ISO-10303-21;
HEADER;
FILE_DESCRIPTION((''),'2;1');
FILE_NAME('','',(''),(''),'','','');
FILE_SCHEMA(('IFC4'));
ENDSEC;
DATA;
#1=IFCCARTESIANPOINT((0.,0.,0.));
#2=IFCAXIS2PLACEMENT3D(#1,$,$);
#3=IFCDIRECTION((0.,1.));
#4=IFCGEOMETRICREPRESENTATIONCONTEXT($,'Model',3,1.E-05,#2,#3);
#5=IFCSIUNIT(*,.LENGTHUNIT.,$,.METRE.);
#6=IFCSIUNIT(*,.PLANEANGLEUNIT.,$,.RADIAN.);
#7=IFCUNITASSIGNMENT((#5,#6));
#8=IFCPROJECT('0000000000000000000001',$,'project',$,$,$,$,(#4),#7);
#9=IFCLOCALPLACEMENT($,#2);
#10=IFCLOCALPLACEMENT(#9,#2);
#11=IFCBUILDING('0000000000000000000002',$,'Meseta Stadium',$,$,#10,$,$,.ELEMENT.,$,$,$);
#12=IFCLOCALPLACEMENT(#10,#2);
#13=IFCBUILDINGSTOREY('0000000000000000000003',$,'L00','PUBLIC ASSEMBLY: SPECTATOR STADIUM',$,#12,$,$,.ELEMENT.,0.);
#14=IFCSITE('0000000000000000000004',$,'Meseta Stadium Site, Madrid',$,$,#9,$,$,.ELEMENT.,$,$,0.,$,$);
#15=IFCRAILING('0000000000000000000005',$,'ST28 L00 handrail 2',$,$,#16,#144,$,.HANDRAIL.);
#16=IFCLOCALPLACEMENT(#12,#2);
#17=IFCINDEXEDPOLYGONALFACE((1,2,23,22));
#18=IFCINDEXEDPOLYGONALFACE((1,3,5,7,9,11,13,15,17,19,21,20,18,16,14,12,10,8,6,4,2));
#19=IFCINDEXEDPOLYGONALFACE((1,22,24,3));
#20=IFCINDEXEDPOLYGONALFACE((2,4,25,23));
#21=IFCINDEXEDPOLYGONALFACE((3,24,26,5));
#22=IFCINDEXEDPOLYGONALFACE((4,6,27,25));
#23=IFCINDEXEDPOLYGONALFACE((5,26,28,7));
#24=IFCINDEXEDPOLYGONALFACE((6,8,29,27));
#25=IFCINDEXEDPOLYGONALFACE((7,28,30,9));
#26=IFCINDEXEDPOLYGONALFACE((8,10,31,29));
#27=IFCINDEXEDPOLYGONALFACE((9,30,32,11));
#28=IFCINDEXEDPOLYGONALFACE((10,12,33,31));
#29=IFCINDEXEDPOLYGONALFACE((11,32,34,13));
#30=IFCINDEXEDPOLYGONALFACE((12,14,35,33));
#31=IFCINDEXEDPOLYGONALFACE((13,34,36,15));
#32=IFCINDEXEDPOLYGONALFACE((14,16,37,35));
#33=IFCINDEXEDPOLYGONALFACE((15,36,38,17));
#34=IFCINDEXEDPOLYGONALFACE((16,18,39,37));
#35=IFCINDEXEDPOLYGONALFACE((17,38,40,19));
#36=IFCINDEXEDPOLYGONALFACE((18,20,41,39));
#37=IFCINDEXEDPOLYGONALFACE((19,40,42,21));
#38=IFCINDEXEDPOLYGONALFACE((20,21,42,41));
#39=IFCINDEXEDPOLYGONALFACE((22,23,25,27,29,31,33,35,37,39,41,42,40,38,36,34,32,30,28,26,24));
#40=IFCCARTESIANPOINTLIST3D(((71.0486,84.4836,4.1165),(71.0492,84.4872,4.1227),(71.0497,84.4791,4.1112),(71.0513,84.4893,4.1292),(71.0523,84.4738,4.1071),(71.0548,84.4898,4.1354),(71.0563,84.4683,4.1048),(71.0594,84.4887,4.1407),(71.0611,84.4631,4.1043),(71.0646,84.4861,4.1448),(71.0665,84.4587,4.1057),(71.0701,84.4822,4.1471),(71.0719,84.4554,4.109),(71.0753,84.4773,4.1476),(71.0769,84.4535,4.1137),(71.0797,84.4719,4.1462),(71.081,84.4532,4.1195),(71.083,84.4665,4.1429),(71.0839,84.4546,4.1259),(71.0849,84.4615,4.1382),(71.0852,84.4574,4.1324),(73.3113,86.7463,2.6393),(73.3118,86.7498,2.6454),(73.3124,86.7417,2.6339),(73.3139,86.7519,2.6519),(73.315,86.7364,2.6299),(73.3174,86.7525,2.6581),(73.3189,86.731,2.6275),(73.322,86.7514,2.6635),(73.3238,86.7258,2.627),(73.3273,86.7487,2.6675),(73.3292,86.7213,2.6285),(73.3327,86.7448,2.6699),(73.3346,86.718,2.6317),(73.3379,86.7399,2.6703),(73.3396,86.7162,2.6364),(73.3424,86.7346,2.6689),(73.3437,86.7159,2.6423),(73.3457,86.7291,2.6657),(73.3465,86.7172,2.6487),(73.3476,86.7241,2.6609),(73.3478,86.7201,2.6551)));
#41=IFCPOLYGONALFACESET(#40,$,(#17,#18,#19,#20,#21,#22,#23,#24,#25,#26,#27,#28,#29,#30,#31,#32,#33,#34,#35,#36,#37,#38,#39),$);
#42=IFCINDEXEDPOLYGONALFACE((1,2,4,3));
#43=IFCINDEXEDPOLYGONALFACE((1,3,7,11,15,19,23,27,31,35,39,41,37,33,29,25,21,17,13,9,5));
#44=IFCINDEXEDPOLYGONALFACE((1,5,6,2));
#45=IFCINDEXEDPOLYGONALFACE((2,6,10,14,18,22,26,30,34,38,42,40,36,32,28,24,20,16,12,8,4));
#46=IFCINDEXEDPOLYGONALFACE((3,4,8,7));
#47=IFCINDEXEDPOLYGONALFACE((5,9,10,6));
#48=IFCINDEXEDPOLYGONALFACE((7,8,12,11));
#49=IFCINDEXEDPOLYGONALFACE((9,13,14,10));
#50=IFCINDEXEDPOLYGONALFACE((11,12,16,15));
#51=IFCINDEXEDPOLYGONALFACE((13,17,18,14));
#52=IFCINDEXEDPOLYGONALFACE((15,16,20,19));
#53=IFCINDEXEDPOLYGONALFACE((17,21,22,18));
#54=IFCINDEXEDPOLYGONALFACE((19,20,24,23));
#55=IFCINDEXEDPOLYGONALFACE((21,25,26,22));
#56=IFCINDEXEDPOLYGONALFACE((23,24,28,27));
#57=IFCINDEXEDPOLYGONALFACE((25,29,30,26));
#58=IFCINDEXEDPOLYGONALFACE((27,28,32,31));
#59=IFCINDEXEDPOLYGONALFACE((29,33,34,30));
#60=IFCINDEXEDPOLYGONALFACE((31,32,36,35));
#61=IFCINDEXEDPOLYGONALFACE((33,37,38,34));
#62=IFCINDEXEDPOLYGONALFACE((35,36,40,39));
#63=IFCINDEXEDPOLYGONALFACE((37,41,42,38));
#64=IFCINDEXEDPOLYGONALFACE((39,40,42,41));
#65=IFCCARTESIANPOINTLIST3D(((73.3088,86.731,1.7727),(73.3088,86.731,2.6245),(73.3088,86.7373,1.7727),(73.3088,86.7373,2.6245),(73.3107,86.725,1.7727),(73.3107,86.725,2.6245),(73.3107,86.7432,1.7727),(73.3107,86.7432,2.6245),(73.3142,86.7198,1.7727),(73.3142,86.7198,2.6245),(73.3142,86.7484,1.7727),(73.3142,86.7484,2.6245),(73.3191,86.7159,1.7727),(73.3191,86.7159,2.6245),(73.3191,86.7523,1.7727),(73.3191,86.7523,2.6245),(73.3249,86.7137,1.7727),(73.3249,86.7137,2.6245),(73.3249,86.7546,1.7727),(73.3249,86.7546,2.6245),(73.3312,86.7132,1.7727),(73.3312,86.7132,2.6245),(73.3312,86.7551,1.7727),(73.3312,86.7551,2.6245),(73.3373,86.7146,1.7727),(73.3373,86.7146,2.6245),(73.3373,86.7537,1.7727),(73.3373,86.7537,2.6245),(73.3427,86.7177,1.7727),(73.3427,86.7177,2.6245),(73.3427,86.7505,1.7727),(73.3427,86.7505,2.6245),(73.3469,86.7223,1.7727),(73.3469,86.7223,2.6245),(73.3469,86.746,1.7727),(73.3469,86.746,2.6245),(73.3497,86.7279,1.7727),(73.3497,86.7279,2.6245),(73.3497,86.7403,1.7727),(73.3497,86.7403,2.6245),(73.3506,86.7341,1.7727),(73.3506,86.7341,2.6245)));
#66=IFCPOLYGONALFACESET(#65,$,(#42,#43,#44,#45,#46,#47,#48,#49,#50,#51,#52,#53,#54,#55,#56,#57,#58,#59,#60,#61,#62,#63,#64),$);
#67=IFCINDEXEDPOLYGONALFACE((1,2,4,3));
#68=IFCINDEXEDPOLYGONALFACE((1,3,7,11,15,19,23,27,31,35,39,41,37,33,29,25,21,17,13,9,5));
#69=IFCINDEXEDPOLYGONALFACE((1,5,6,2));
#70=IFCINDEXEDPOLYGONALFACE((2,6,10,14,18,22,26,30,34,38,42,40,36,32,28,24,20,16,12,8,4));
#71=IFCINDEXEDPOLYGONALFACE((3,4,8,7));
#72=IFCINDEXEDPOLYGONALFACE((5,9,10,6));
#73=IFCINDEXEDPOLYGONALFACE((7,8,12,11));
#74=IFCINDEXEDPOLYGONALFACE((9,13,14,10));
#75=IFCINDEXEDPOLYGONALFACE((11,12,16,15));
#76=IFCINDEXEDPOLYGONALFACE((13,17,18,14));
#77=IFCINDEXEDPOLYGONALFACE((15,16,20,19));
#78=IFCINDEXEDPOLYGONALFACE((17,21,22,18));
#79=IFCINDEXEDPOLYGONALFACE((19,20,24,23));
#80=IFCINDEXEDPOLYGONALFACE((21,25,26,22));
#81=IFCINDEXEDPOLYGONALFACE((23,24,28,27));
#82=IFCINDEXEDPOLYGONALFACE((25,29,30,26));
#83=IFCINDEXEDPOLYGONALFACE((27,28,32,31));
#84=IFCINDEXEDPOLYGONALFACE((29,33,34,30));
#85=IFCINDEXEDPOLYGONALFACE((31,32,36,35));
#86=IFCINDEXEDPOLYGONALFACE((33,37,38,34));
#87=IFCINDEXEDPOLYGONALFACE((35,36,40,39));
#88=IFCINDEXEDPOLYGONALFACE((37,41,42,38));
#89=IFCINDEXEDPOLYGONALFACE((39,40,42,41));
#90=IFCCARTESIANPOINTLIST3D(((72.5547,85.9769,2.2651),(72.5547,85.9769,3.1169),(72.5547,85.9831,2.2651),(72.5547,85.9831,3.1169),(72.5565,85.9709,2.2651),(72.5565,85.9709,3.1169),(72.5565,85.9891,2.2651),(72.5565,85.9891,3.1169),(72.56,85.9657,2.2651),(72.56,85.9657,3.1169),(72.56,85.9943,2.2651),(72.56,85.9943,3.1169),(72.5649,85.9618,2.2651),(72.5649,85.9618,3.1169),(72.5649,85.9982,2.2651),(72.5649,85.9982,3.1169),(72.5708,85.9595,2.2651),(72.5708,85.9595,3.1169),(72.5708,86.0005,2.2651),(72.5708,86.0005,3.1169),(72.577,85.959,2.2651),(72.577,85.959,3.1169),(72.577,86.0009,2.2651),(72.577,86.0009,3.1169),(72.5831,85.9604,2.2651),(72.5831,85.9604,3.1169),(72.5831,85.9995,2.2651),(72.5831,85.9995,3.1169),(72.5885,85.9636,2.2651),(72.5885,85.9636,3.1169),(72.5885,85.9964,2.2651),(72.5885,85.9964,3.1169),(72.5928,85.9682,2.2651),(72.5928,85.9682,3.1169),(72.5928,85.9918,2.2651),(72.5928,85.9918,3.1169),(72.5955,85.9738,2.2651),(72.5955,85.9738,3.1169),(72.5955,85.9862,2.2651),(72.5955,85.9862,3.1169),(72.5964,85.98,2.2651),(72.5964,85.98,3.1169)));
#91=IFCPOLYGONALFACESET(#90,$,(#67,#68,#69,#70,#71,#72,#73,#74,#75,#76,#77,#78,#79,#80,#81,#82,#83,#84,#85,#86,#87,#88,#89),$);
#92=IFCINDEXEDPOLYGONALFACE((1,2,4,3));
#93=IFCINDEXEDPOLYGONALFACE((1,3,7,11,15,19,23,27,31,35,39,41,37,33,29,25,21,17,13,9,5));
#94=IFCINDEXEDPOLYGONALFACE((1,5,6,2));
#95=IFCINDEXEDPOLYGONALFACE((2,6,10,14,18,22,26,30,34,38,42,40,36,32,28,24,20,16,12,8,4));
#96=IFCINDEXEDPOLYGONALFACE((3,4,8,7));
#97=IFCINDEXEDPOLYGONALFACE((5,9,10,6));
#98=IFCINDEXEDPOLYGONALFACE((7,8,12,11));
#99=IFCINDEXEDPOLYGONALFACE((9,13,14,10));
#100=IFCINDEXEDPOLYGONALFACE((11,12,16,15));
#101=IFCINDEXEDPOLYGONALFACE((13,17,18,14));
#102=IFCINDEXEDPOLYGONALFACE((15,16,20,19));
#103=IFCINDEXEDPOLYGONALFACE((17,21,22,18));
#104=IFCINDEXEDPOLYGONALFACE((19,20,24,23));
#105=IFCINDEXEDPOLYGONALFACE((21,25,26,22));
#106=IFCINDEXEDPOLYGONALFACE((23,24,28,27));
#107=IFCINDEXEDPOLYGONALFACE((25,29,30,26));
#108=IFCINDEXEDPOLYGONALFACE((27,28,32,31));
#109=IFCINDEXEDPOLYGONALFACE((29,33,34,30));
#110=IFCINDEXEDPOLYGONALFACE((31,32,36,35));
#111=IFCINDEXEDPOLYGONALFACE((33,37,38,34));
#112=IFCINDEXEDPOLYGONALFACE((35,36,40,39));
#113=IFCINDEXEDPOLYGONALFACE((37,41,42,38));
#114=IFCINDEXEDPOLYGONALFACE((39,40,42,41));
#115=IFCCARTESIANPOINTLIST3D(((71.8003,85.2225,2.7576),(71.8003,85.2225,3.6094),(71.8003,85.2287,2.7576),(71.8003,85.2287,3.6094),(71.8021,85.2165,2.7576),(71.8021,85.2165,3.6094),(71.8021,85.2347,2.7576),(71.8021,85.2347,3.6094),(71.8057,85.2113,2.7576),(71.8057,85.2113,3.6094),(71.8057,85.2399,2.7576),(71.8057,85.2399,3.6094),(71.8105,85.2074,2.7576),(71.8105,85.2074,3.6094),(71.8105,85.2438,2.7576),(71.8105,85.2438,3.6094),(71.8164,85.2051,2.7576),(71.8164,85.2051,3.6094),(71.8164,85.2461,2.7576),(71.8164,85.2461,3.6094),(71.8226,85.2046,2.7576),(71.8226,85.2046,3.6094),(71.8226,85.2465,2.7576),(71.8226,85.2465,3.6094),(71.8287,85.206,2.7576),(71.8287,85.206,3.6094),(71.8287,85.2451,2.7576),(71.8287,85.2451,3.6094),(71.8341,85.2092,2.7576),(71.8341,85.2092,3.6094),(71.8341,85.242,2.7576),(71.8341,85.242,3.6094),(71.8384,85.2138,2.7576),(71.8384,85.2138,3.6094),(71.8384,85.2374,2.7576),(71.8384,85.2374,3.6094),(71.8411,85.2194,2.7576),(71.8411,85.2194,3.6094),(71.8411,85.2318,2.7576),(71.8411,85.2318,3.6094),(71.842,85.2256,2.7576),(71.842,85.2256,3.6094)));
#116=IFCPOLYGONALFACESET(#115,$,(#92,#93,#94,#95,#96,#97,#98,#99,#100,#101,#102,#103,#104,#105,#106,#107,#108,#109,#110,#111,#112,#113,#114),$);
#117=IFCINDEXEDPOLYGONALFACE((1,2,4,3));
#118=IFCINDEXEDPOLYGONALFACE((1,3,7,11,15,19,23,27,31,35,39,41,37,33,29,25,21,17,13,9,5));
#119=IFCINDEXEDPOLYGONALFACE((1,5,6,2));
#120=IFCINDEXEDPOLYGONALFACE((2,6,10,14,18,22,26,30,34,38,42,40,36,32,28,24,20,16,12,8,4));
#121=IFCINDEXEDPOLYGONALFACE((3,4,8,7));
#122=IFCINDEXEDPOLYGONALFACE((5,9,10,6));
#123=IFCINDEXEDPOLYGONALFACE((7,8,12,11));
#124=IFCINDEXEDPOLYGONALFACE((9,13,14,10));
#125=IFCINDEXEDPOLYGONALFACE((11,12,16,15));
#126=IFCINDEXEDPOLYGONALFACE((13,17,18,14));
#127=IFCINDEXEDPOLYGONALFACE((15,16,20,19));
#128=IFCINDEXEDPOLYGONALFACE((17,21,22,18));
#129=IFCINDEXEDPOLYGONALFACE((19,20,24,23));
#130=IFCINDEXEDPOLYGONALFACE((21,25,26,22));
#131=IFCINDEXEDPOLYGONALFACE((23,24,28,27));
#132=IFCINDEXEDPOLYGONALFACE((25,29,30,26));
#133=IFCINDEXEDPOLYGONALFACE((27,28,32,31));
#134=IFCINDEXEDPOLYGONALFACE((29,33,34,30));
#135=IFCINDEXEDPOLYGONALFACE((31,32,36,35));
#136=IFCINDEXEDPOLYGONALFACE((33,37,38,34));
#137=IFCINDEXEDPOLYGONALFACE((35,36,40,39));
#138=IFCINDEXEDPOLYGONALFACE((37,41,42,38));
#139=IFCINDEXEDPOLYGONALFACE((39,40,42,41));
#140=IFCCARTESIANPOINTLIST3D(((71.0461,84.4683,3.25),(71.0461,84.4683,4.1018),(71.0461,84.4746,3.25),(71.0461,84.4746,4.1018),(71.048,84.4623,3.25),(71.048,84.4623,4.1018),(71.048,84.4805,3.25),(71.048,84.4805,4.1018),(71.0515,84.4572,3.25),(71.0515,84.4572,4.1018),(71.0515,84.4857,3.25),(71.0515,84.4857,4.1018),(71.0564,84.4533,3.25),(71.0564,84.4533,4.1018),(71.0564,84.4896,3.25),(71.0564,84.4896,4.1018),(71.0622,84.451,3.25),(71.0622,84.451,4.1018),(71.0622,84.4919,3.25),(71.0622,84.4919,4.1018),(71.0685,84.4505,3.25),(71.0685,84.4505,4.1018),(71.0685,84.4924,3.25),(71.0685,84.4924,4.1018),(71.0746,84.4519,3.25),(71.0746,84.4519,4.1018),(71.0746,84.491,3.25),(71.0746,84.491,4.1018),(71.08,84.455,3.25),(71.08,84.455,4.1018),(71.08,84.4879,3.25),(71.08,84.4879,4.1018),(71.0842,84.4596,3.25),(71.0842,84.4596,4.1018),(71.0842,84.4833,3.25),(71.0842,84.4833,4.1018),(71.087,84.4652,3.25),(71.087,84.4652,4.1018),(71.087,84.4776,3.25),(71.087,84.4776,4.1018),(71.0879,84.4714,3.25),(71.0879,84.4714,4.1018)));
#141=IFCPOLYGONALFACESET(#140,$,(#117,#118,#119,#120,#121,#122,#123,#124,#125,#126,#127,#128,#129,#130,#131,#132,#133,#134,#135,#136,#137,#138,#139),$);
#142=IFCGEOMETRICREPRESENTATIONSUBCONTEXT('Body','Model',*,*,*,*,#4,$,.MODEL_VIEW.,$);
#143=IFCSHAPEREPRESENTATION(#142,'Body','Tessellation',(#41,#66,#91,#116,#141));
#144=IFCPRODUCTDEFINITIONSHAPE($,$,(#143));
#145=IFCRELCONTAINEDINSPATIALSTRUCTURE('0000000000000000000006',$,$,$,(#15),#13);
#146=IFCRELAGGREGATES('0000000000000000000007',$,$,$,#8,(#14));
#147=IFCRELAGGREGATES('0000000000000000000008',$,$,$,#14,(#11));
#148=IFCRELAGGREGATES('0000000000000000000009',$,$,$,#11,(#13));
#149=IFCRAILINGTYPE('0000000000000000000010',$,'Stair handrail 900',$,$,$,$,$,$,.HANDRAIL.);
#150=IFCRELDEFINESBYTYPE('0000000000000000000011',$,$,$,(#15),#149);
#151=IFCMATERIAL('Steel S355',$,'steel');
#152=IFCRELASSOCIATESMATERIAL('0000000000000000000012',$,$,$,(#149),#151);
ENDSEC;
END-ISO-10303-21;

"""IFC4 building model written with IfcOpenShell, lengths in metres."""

from ifc_helpers import new_model, si_unit, direction, frame, origin, origin_2d, place, context, subcontext, project, spatial, circle, extrude, material, type_object, element, save


model = new_model("IFC4")

# Units and contexts
model_context = context("Model", 3, precision=1e-05, world=origin(), true_north=direction((0.0, 1.0)))
body_context = subcontext(model_context, "Body", "Model", "MODEL_VIEW")
ifc_project = project(units=[si_unit("LENGTHUNIT", "METRE"), si_unit("PLANEANGLEUNIT", "RADIAN")], contexts=[model_context])

# Site, building, storey
site_placement = place(None, origin())
site = spatial("IfcSite", under=ifc_project, at=site_placement, Name="Meseta Stadium Site, Madrid", CompositionType="ELEMENT", RefElevation=0.0)
building_placement = place(site_placement, origin())
building = spatial("IfcBuilding", under=site, at=building_placement, Name="Meseta Stadium", CompositionType="ELEMENT")
storey_placement = place(building_placement, origin())
storey = spatial("IfcBuildingStorey", under=building, at=storey_placement, Name="L00", Description="PUBLIC ASSEMBLY: SPECTATOR STADIUM", CompositionType="ELEMENT", Elevation=0.0)

# Railing
ifc_material_1 = material(Name="Steel S355", Category="steel")
railing_type_1 = type_object("IfcRailingType", Name="Stair handrail 900", PredefinedType="HANDRAIL", material=ifc_material_1)
for number, where, name in (
    (1, (73.3296, 86.7341, 1.7727), "ST28 L00 handrail 2"),
):
    element("IfcRailing", number, at=place(storey_placement, frame(where)), inside=storey, type_object=railing_type_1, Name=name, PredefinedType="HANDRAIL", context=body_context, shape_type="SweptSolid", body=[
        extrude(circle(Radius=0.0239, at=origin_2d()), frame((0.0, 0.0, 0.876), z_axis=(-0.641994, -0.641994, 0.419152), x_axis=(0.707107, -0.707107, 0.0)), (0.0, 0.0, 1.0), 3.5244),
        extrude(circle(Radius=0.021, at=origin_2d()), origin(), (0.0, 0.0, 1.0), 0.8518),
        extrude(circle(Radius=0.021, at=origin_2d()), frame((-0.7542, -0.7542, 0.4924)), (0.0, 0.0, 1.0), 0.8518),
        extrude(circle(Radius=0.021, at=origin_2d()), frame((-1.5085, -1.5085, 0.9849)), (0.0, 0.0, 1.0), 0.8518),
        extrude(circle(Radius=0.021, at=origin_2d()), frame((-2.2627, -2.2627, 1.4773)), (0.0, 0.0, 1.0), 0.8518),
    ])

save(model, "model.ifc")
